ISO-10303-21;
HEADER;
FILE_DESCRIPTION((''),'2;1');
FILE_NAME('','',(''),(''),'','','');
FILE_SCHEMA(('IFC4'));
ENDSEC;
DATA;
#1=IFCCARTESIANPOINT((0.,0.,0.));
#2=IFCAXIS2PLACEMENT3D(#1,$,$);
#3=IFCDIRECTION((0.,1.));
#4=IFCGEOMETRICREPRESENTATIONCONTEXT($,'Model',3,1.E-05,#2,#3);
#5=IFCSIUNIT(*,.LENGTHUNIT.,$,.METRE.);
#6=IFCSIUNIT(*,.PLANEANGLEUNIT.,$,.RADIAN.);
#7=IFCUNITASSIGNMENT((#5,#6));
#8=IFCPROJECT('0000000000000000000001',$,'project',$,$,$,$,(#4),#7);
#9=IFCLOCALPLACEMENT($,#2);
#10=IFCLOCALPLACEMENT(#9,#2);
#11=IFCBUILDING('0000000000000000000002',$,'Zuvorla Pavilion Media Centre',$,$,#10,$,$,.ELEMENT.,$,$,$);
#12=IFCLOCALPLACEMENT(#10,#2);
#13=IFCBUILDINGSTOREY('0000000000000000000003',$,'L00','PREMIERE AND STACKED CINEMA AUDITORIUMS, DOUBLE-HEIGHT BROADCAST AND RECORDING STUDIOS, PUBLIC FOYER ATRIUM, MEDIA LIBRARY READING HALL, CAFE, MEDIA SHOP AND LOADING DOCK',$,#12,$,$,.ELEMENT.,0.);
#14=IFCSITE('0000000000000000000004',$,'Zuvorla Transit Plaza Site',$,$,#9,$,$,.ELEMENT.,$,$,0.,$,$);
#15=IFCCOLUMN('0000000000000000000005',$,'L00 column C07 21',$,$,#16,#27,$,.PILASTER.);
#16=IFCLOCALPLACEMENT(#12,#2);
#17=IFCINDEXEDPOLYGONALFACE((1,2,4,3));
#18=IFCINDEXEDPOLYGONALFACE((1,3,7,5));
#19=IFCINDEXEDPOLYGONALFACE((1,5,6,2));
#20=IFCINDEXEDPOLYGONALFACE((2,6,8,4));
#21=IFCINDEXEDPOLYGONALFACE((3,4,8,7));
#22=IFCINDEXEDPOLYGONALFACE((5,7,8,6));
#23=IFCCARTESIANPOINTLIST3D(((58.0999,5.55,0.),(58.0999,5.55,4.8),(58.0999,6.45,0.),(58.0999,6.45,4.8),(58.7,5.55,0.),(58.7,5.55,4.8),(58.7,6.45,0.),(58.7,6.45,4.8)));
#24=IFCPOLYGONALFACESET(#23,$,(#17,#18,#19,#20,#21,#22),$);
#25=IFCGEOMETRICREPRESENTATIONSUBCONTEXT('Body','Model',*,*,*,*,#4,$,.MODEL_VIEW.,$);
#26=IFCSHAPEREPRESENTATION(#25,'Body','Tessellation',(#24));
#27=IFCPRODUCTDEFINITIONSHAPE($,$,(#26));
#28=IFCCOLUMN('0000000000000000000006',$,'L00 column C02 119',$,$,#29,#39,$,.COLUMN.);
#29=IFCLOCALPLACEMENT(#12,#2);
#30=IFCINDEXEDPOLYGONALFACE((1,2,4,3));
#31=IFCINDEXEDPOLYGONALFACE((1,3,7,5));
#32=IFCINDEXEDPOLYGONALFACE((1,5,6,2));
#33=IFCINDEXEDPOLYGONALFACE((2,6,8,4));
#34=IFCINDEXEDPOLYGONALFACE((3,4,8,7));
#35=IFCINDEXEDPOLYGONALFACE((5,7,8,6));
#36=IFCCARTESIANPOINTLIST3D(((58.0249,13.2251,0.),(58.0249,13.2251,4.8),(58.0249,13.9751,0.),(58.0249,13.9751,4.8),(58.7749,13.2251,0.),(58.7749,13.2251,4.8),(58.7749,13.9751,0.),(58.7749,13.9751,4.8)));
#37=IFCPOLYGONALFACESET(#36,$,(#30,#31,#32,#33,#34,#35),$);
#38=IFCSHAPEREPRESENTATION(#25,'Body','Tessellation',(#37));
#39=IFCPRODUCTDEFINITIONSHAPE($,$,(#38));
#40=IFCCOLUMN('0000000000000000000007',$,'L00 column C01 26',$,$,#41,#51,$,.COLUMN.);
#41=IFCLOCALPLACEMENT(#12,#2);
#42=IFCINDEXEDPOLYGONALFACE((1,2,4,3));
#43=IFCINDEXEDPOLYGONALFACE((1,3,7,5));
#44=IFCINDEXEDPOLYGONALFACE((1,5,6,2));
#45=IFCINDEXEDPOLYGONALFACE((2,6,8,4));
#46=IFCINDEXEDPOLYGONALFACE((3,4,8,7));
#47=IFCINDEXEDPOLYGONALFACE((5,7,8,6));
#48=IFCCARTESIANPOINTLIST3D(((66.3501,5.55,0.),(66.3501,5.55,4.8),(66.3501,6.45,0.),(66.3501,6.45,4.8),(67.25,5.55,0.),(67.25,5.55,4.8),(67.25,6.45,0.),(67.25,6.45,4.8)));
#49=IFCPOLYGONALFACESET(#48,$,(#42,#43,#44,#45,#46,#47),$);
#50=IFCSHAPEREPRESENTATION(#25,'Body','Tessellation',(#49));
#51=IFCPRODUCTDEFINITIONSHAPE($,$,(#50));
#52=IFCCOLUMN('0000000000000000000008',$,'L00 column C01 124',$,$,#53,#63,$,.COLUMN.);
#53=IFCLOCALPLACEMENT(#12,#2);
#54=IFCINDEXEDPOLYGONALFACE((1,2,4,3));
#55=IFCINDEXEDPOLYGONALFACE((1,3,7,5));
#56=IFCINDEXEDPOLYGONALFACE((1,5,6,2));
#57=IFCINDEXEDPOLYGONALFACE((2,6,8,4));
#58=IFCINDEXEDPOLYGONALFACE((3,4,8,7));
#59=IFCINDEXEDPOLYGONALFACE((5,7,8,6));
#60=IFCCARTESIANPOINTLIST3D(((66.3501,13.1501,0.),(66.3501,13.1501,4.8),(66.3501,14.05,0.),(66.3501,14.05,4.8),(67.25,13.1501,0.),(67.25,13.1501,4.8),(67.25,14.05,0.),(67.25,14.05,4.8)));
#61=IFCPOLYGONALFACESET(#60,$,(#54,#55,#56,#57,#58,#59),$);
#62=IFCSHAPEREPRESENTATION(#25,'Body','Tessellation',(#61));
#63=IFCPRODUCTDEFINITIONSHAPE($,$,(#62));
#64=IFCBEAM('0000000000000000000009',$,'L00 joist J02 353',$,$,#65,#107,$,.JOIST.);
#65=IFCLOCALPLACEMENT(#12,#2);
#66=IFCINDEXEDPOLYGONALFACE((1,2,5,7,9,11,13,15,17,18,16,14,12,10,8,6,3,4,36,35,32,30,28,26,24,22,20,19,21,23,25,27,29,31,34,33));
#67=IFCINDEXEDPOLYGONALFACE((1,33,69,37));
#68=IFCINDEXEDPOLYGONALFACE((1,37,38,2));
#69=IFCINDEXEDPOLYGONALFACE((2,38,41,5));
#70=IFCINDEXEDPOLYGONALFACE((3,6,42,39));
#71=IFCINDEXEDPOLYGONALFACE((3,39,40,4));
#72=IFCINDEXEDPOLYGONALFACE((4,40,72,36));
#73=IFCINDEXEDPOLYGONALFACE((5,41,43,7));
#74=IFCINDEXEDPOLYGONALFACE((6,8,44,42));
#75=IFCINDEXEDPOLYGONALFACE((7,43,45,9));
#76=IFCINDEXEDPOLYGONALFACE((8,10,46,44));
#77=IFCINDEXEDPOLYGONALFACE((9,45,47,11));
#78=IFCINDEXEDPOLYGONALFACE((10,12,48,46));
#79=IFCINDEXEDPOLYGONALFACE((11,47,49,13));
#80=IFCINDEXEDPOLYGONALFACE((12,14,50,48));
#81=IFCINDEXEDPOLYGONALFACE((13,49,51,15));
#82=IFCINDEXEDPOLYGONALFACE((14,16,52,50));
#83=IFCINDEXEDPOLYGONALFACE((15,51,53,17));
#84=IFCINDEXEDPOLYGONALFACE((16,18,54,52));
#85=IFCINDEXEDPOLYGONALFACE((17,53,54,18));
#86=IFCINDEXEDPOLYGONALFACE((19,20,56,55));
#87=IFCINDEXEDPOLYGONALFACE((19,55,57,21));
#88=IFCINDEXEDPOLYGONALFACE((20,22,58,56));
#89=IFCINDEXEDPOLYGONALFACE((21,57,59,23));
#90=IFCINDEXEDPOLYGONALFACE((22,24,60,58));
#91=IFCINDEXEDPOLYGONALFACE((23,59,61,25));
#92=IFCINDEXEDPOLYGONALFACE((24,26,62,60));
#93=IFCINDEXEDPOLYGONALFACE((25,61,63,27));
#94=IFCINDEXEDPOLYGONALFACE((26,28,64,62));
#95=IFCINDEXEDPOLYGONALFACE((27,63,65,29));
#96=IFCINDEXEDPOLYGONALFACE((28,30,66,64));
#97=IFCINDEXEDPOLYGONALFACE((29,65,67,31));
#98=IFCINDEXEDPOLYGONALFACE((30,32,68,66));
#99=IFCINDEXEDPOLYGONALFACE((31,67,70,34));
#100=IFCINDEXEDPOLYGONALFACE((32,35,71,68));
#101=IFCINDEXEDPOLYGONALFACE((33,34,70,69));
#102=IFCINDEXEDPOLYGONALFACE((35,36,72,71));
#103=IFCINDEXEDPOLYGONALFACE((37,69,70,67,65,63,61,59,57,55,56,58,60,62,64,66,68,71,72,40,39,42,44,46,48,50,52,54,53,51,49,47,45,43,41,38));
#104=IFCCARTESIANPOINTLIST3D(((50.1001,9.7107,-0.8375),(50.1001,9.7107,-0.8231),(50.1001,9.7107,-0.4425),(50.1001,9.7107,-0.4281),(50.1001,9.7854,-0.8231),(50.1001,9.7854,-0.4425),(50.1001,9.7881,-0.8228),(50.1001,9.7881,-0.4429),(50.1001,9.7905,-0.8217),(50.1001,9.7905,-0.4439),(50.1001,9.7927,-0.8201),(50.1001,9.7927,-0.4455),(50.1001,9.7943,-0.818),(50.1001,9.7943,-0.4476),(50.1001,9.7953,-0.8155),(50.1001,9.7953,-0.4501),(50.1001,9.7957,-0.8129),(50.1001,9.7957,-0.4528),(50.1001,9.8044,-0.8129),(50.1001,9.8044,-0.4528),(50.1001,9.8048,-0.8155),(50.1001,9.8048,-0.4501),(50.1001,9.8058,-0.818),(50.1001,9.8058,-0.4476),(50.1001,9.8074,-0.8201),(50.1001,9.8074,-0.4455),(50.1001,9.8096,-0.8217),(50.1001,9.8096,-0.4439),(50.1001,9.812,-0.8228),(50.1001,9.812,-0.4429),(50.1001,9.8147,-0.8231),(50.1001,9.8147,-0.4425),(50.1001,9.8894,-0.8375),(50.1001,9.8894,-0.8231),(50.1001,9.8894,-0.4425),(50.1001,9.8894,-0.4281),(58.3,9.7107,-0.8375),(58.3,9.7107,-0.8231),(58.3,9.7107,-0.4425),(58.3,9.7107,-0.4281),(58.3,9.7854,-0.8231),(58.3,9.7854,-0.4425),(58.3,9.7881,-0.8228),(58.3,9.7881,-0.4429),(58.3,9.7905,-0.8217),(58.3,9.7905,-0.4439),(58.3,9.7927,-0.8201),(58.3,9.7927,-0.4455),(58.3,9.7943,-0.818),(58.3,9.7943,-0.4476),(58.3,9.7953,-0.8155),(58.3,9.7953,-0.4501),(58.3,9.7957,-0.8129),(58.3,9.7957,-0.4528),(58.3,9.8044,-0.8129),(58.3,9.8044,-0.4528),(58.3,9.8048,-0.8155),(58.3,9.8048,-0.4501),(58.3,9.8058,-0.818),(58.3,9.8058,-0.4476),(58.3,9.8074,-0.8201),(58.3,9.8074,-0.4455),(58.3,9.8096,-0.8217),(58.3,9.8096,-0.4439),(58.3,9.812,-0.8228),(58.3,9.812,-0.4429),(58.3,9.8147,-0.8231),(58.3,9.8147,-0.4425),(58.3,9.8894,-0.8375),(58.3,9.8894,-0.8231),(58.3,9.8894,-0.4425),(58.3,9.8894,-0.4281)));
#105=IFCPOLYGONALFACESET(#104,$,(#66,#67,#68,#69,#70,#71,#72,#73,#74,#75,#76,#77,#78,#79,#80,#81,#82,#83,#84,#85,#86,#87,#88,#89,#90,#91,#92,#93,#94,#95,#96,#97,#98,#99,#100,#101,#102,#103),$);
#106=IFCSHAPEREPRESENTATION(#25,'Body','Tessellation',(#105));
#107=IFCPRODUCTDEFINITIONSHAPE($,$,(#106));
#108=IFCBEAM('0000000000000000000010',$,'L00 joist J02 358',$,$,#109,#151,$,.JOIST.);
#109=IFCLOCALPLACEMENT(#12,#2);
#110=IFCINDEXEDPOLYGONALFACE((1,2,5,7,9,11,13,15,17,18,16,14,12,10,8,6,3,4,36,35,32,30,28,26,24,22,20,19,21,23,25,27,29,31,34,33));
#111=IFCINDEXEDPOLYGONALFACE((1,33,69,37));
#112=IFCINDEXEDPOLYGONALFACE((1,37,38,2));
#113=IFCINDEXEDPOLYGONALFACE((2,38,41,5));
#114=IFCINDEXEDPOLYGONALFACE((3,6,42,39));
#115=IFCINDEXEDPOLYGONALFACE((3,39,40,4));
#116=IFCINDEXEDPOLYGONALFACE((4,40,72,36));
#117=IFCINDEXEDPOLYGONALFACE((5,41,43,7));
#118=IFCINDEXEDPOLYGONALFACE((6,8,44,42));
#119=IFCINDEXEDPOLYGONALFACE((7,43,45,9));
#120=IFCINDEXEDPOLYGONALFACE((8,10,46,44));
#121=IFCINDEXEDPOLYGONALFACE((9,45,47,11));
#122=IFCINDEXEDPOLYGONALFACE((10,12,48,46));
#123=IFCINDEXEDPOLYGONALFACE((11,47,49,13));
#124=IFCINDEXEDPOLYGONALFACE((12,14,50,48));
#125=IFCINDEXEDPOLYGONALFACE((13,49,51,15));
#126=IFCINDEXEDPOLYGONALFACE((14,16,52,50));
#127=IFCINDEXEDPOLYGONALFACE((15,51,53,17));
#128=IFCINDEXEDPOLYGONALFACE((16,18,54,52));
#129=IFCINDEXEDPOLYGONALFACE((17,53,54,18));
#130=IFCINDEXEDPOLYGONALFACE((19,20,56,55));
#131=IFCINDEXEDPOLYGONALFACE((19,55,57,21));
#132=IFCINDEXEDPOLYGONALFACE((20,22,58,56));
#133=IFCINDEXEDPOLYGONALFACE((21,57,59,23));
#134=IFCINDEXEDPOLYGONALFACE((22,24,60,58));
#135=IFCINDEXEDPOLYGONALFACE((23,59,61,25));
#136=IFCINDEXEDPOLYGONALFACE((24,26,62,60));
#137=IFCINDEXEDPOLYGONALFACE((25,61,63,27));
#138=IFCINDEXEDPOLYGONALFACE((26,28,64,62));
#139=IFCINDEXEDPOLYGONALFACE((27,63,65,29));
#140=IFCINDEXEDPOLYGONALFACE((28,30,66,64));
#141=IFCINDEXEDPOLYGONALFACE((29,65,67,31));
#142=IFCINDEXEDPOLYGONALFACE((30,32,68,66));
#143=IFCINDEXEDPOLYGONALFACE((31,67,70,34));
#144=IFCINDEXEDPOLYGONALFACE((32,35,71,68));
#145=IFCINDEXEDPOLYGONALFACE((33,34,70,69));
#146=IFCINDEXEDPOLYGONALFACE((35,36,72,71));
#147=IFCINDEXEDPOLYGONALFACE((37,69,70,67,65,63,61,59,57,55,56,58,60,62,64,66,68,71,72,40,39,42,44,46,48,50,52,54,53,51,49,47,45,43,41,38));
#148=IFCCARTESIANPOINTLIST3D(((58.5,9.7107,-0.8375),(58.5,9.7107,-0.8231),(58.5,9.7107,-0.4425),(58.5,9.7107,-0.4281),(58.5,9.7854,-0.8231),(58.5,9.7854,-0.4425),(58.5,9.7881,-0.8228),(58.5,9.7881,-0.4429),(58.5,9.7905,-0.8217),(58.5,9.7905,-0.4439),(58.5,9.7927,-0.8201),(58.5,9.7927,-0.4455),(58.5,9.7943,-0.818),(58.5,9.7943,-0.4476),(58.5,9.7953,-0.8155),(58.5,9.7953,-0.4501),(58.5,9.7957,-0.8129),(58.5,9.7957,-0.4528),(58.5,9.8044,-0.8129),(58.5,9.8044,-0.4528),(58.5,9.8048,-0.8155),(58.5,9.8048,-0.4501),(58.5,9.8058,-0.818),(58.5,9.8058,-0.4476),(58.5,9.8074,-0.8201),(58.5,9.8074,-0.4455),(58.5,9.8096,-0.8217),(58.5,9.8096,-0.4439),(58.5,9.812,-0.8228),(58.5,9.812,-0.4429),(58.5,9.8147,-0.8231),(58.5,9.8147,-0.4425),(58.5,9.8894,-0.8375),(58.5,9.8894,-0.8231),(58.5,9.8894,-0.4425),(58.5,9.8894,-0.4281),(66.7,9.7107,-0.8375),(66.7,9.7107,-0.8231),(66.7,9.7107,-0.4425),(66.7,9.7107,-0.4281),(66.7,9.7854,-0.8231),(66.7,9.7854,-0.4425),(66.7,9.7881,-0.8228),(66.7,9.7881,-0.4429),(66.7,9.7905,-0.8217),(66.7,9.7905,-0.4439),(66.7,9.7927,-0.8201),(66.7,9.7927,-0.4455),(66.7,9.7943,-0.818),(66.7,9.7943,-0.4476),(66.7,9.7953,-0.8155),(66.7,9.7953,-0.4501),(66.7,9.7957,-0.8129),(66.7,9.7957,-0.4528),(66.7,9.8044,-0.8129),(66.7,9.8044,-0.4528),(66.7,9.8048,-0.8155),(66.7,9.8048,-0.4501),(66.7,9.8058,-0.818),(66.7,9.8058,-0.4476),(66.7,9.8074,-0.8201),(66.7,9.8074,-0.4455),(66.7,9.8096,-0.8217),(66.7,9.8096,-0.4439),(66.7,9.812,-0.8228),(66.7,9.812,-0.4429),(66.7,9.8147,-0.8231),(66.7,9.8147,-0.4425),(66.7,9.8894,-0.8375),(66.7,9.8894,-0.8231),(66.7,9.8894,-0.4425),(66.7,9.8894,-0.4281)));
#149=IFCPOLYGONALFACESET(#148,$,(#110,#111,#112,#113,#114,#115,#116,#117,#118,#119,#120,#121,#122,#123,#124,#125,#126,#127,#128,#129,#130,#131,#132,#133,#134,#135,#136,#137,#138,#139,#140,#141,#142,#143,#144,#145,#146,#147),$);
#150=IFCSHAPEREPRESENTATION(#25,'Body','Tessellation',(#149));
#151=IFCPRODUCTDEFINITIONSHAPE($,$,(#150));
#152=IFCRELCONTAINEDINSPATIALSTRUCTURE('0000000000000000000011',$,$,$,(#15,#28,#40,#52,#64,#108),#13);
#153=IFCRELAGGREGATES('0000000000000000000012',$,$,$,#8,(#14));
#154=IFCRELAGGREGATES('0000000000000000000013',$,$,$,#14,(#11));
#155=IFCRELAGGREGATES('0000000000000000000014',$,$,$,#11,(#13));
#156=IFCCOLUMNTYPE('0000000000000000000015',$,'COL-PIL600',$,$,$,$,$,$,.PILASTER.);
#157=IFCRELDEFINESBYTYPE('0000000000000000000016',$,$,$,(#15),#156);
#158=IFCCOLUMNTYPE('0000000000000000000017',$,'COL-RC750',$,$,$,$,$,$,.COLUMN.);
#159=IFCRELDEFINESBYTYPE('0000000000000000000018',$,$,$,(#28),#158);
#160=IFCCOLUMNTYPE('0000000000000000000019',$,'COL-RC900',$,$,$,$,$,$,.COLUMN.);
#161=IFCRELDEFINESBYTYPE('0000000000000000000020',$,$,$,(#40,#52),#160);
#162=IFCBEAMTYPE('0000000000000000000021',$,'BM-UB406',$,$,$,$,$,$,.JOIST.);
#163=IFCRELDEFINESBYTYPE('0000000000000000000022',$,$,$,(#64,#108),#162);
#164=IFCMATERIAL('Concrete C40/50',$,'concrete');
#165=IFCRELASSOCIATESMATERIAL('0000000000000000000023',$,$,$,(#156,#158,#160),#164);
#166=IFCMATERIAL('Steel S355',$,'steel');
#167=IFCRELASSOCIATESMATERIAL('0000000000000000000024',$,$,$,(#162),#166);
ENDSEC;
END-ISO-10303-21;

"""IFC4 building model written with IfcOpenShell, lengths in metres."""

from ifc_helpers import new_model, si_unit, direction, frame, origin, origin_2d, place, context, subcontext, project, spatial, rectangle, i_section, extrude, material, material_profile, profile_set, type_object, element, save


model = new_model("IFC4")

# Units and contexts
model_context = context("Model", 3, precision=1e-05, world=origin(), true_north=direction((0.0, 1.0)))
body_context = subcontext(model_context, "Body", "Model", "MODEL_VIEW")
ifc_project = project(units=[si_unit("LENGTHUNIT", "METRE"), si_unit("PLANEANGLEUNIT", "RADIAN")], contexts=[model_context])

# Site, building, storey
site_placement = place(None, origin())
site = spatial("IfcSite", under=ifc_project, at=site_placement, Name="Zuvorla Transit Plaza Site", CompositionType="ELEMENT", RefElevation=0.0)
building_placement = place(site_placement, origin())
building = spatial("IfcBuilding", under=site, at=building_placement, Name="Zuvorla Pavilion Media Centre", CompositionType="ELEMENT")
storey_placement = place(building_placement, origin())
storey = spatial("IfcBuildingStorey", under=building, at=storey_placement, Name="L00", Description="PREMIERE AND STACKED CINEMA AUDITORIUMS, DOUBLE-HEIGHT BROADCAST AND RECORDING STUDIOS, PUBLIC FOYER ATRIUM, MEDIA LIBRARY READING HALL, CAFE, MEDIA SHOP AND LOADING DOCK", CompositionType="ELEMENT", Elevation=0.0)

# Columns
ifc_material_1 = material(Name="Concrete C40/50", Category="concrete")
ifc_material_profile_1 = material_profile(ifc_material_1, rectangle(XDim=0.6001, YDim=0.8999, at=origin_2d()), Name="RC 600x900")
ifc_profile_set_1 = profile_set([ifc_material_profile_1], Name="Concrete C40/50")
column_type_1 = type_object("IfcColumnType", Name="COL-PIL600", PredefinedType="PILASTER", material=ifc_profile_set_1)
column_1_placement = place(storey_placement, frame((58.3999, 6.0, 0.0), z_axis=(0.0, 0.0, 1.0), x_axis=(1.0, 0.0, 0.0)))
element("IfcColumn", 1, at=column_1_placement, inside=storey, type_object=column_type_1, Name="L00 column C07 21", PredefinedType="PILASTER", context=body_context, shape_type="SweptSolid", body=[
    extrude(rectangle(XDim=0.6001, YDim=0.8999, at=origin_2d()), origin(), (0.0, 0.0, 1.0), 4.8),
])
ifc_material_profile_2 = material_profile(ifc_material_1, rectangle(XDim=0.75, YDim=0.75, at=origin_2d()), Name="RC 750x750")
ifc_profile_set_2 = profile_set([ifc_material_profile_2], Name="Concrete C40/50")
column_type_2 = type_object("IfcColumnType", Name="COL-RC750", PredefinedType="COLUMN", material=ifc_profile_set_2)
column_2_placement = place(storey_placement, frame((58.3999, 13.6001, 0.0), z_axis=(0.0, 0.0, 1.0), x_axis=(1.0, 0.0, 0.0)))
element("IfcColumn", 2, at=column_2_placement, inside=storey, type_object=column_type_2, Name="L00 column C02 119", PredefinedType="COLUMN", context=body_context, shape_type="SweptSolid", body=[
    extrude(rectangle(XDim=0.75, YDim=0.75, at=origin_2d()), origin(), (0.0, 0.0, 1.0), 4.8),
])
ifc_material_profile_3 = material_profile(ifc_material_1, rectangle(XDim=0.8999, YDim=0.8999, at=origin_2d()), Name="RC 900x900")
ifc_profile_set_3 = profile_set([ifc_material_profile_3], Name="Concrete C40/50")
column_type_3 = type_object("IfcColumnType", Name="COL-RC900", PredefinedType="COLUMN", material=ifc_profile_set_3)
for number, where, z_axis, x_axis, name in (
    (3, (66.8, 6.0, 0.0), (0.0, 0.0, 1.0), (1.0, 0.0, 0.0), "L00 column C01 26"),
    (4, (66.8, 13.6001, 0.0), (0.0, 0.0, 1.0), (1.0, 0.0, 0.0), "L00 column C01 124"),
):
    element("IfcColumn", number, at=place(storey_placement, frame(where, z_axis=z_axis, x_axis=x_axis)), inside=storey, type_object=column_type_3, Name=name, PredefinedType="COLUMN", context=body_context, shape_type="SweptSolid", body=[
        extrude(rectangle(XDim=0.8999, YDim=0.8999, at=origin_2d()), origin(), (0.0, 0.0, 1.0), 4.8),
    ])

# Beams
ifc_material_2 = material(Name="Steel S355", Category="steel")
ifc_material_profile_4 = material_profile(ifc_material_2, i_section(OverallWidth=0.1787, OverallDepth=0.4094, WebThickness=0.0088, FlangeThickness=0.0144, FilletRadius=0.0103, at=origin_2d()), Name="UB 406x178x67")
ifc_profile_set_4 = profile_set([ifc_material_profile_4], Name="Steel S355")
beam_type_1 = type_object("IfcBeamType", Name="BM-UB406", PredefinedType="JOIST", material=ifc_profile_set_4)
for number, where, z_axis, x_axis, name in (
    (5, (50.1001, 9.8, -0.6328), (1.0, 0.0, 0.0), (0.0, 1.0, 0.0), "L00 joist J02 353"),
    (6, (58.5, 9.8, -0.6328), (1.0, 0.0, 0.0), (0.0, 1.0, 0.0), "L00 joist J02 358"),
):
    element("IfcBeam", number, at=place(storey_placement, frame(where, z_axis=z_axis, x_axis=x_axis)), inside=storey, type_object=beam_type_1, Name=name, PredefinedType="JOIST", context=body_context, shape_type="SweptSolid", body=[
        extrude(i_section(OverallWidth=0.1787, OverallDepth=0.4094, WebThickness=0.0088, FlangeThickness=0.0144, FilletRadius=0.0103, at=origin_2d()), origin(), (0.0, 0.0, 1.0), 8.2),
    ])

save(model, "model.ifc")
